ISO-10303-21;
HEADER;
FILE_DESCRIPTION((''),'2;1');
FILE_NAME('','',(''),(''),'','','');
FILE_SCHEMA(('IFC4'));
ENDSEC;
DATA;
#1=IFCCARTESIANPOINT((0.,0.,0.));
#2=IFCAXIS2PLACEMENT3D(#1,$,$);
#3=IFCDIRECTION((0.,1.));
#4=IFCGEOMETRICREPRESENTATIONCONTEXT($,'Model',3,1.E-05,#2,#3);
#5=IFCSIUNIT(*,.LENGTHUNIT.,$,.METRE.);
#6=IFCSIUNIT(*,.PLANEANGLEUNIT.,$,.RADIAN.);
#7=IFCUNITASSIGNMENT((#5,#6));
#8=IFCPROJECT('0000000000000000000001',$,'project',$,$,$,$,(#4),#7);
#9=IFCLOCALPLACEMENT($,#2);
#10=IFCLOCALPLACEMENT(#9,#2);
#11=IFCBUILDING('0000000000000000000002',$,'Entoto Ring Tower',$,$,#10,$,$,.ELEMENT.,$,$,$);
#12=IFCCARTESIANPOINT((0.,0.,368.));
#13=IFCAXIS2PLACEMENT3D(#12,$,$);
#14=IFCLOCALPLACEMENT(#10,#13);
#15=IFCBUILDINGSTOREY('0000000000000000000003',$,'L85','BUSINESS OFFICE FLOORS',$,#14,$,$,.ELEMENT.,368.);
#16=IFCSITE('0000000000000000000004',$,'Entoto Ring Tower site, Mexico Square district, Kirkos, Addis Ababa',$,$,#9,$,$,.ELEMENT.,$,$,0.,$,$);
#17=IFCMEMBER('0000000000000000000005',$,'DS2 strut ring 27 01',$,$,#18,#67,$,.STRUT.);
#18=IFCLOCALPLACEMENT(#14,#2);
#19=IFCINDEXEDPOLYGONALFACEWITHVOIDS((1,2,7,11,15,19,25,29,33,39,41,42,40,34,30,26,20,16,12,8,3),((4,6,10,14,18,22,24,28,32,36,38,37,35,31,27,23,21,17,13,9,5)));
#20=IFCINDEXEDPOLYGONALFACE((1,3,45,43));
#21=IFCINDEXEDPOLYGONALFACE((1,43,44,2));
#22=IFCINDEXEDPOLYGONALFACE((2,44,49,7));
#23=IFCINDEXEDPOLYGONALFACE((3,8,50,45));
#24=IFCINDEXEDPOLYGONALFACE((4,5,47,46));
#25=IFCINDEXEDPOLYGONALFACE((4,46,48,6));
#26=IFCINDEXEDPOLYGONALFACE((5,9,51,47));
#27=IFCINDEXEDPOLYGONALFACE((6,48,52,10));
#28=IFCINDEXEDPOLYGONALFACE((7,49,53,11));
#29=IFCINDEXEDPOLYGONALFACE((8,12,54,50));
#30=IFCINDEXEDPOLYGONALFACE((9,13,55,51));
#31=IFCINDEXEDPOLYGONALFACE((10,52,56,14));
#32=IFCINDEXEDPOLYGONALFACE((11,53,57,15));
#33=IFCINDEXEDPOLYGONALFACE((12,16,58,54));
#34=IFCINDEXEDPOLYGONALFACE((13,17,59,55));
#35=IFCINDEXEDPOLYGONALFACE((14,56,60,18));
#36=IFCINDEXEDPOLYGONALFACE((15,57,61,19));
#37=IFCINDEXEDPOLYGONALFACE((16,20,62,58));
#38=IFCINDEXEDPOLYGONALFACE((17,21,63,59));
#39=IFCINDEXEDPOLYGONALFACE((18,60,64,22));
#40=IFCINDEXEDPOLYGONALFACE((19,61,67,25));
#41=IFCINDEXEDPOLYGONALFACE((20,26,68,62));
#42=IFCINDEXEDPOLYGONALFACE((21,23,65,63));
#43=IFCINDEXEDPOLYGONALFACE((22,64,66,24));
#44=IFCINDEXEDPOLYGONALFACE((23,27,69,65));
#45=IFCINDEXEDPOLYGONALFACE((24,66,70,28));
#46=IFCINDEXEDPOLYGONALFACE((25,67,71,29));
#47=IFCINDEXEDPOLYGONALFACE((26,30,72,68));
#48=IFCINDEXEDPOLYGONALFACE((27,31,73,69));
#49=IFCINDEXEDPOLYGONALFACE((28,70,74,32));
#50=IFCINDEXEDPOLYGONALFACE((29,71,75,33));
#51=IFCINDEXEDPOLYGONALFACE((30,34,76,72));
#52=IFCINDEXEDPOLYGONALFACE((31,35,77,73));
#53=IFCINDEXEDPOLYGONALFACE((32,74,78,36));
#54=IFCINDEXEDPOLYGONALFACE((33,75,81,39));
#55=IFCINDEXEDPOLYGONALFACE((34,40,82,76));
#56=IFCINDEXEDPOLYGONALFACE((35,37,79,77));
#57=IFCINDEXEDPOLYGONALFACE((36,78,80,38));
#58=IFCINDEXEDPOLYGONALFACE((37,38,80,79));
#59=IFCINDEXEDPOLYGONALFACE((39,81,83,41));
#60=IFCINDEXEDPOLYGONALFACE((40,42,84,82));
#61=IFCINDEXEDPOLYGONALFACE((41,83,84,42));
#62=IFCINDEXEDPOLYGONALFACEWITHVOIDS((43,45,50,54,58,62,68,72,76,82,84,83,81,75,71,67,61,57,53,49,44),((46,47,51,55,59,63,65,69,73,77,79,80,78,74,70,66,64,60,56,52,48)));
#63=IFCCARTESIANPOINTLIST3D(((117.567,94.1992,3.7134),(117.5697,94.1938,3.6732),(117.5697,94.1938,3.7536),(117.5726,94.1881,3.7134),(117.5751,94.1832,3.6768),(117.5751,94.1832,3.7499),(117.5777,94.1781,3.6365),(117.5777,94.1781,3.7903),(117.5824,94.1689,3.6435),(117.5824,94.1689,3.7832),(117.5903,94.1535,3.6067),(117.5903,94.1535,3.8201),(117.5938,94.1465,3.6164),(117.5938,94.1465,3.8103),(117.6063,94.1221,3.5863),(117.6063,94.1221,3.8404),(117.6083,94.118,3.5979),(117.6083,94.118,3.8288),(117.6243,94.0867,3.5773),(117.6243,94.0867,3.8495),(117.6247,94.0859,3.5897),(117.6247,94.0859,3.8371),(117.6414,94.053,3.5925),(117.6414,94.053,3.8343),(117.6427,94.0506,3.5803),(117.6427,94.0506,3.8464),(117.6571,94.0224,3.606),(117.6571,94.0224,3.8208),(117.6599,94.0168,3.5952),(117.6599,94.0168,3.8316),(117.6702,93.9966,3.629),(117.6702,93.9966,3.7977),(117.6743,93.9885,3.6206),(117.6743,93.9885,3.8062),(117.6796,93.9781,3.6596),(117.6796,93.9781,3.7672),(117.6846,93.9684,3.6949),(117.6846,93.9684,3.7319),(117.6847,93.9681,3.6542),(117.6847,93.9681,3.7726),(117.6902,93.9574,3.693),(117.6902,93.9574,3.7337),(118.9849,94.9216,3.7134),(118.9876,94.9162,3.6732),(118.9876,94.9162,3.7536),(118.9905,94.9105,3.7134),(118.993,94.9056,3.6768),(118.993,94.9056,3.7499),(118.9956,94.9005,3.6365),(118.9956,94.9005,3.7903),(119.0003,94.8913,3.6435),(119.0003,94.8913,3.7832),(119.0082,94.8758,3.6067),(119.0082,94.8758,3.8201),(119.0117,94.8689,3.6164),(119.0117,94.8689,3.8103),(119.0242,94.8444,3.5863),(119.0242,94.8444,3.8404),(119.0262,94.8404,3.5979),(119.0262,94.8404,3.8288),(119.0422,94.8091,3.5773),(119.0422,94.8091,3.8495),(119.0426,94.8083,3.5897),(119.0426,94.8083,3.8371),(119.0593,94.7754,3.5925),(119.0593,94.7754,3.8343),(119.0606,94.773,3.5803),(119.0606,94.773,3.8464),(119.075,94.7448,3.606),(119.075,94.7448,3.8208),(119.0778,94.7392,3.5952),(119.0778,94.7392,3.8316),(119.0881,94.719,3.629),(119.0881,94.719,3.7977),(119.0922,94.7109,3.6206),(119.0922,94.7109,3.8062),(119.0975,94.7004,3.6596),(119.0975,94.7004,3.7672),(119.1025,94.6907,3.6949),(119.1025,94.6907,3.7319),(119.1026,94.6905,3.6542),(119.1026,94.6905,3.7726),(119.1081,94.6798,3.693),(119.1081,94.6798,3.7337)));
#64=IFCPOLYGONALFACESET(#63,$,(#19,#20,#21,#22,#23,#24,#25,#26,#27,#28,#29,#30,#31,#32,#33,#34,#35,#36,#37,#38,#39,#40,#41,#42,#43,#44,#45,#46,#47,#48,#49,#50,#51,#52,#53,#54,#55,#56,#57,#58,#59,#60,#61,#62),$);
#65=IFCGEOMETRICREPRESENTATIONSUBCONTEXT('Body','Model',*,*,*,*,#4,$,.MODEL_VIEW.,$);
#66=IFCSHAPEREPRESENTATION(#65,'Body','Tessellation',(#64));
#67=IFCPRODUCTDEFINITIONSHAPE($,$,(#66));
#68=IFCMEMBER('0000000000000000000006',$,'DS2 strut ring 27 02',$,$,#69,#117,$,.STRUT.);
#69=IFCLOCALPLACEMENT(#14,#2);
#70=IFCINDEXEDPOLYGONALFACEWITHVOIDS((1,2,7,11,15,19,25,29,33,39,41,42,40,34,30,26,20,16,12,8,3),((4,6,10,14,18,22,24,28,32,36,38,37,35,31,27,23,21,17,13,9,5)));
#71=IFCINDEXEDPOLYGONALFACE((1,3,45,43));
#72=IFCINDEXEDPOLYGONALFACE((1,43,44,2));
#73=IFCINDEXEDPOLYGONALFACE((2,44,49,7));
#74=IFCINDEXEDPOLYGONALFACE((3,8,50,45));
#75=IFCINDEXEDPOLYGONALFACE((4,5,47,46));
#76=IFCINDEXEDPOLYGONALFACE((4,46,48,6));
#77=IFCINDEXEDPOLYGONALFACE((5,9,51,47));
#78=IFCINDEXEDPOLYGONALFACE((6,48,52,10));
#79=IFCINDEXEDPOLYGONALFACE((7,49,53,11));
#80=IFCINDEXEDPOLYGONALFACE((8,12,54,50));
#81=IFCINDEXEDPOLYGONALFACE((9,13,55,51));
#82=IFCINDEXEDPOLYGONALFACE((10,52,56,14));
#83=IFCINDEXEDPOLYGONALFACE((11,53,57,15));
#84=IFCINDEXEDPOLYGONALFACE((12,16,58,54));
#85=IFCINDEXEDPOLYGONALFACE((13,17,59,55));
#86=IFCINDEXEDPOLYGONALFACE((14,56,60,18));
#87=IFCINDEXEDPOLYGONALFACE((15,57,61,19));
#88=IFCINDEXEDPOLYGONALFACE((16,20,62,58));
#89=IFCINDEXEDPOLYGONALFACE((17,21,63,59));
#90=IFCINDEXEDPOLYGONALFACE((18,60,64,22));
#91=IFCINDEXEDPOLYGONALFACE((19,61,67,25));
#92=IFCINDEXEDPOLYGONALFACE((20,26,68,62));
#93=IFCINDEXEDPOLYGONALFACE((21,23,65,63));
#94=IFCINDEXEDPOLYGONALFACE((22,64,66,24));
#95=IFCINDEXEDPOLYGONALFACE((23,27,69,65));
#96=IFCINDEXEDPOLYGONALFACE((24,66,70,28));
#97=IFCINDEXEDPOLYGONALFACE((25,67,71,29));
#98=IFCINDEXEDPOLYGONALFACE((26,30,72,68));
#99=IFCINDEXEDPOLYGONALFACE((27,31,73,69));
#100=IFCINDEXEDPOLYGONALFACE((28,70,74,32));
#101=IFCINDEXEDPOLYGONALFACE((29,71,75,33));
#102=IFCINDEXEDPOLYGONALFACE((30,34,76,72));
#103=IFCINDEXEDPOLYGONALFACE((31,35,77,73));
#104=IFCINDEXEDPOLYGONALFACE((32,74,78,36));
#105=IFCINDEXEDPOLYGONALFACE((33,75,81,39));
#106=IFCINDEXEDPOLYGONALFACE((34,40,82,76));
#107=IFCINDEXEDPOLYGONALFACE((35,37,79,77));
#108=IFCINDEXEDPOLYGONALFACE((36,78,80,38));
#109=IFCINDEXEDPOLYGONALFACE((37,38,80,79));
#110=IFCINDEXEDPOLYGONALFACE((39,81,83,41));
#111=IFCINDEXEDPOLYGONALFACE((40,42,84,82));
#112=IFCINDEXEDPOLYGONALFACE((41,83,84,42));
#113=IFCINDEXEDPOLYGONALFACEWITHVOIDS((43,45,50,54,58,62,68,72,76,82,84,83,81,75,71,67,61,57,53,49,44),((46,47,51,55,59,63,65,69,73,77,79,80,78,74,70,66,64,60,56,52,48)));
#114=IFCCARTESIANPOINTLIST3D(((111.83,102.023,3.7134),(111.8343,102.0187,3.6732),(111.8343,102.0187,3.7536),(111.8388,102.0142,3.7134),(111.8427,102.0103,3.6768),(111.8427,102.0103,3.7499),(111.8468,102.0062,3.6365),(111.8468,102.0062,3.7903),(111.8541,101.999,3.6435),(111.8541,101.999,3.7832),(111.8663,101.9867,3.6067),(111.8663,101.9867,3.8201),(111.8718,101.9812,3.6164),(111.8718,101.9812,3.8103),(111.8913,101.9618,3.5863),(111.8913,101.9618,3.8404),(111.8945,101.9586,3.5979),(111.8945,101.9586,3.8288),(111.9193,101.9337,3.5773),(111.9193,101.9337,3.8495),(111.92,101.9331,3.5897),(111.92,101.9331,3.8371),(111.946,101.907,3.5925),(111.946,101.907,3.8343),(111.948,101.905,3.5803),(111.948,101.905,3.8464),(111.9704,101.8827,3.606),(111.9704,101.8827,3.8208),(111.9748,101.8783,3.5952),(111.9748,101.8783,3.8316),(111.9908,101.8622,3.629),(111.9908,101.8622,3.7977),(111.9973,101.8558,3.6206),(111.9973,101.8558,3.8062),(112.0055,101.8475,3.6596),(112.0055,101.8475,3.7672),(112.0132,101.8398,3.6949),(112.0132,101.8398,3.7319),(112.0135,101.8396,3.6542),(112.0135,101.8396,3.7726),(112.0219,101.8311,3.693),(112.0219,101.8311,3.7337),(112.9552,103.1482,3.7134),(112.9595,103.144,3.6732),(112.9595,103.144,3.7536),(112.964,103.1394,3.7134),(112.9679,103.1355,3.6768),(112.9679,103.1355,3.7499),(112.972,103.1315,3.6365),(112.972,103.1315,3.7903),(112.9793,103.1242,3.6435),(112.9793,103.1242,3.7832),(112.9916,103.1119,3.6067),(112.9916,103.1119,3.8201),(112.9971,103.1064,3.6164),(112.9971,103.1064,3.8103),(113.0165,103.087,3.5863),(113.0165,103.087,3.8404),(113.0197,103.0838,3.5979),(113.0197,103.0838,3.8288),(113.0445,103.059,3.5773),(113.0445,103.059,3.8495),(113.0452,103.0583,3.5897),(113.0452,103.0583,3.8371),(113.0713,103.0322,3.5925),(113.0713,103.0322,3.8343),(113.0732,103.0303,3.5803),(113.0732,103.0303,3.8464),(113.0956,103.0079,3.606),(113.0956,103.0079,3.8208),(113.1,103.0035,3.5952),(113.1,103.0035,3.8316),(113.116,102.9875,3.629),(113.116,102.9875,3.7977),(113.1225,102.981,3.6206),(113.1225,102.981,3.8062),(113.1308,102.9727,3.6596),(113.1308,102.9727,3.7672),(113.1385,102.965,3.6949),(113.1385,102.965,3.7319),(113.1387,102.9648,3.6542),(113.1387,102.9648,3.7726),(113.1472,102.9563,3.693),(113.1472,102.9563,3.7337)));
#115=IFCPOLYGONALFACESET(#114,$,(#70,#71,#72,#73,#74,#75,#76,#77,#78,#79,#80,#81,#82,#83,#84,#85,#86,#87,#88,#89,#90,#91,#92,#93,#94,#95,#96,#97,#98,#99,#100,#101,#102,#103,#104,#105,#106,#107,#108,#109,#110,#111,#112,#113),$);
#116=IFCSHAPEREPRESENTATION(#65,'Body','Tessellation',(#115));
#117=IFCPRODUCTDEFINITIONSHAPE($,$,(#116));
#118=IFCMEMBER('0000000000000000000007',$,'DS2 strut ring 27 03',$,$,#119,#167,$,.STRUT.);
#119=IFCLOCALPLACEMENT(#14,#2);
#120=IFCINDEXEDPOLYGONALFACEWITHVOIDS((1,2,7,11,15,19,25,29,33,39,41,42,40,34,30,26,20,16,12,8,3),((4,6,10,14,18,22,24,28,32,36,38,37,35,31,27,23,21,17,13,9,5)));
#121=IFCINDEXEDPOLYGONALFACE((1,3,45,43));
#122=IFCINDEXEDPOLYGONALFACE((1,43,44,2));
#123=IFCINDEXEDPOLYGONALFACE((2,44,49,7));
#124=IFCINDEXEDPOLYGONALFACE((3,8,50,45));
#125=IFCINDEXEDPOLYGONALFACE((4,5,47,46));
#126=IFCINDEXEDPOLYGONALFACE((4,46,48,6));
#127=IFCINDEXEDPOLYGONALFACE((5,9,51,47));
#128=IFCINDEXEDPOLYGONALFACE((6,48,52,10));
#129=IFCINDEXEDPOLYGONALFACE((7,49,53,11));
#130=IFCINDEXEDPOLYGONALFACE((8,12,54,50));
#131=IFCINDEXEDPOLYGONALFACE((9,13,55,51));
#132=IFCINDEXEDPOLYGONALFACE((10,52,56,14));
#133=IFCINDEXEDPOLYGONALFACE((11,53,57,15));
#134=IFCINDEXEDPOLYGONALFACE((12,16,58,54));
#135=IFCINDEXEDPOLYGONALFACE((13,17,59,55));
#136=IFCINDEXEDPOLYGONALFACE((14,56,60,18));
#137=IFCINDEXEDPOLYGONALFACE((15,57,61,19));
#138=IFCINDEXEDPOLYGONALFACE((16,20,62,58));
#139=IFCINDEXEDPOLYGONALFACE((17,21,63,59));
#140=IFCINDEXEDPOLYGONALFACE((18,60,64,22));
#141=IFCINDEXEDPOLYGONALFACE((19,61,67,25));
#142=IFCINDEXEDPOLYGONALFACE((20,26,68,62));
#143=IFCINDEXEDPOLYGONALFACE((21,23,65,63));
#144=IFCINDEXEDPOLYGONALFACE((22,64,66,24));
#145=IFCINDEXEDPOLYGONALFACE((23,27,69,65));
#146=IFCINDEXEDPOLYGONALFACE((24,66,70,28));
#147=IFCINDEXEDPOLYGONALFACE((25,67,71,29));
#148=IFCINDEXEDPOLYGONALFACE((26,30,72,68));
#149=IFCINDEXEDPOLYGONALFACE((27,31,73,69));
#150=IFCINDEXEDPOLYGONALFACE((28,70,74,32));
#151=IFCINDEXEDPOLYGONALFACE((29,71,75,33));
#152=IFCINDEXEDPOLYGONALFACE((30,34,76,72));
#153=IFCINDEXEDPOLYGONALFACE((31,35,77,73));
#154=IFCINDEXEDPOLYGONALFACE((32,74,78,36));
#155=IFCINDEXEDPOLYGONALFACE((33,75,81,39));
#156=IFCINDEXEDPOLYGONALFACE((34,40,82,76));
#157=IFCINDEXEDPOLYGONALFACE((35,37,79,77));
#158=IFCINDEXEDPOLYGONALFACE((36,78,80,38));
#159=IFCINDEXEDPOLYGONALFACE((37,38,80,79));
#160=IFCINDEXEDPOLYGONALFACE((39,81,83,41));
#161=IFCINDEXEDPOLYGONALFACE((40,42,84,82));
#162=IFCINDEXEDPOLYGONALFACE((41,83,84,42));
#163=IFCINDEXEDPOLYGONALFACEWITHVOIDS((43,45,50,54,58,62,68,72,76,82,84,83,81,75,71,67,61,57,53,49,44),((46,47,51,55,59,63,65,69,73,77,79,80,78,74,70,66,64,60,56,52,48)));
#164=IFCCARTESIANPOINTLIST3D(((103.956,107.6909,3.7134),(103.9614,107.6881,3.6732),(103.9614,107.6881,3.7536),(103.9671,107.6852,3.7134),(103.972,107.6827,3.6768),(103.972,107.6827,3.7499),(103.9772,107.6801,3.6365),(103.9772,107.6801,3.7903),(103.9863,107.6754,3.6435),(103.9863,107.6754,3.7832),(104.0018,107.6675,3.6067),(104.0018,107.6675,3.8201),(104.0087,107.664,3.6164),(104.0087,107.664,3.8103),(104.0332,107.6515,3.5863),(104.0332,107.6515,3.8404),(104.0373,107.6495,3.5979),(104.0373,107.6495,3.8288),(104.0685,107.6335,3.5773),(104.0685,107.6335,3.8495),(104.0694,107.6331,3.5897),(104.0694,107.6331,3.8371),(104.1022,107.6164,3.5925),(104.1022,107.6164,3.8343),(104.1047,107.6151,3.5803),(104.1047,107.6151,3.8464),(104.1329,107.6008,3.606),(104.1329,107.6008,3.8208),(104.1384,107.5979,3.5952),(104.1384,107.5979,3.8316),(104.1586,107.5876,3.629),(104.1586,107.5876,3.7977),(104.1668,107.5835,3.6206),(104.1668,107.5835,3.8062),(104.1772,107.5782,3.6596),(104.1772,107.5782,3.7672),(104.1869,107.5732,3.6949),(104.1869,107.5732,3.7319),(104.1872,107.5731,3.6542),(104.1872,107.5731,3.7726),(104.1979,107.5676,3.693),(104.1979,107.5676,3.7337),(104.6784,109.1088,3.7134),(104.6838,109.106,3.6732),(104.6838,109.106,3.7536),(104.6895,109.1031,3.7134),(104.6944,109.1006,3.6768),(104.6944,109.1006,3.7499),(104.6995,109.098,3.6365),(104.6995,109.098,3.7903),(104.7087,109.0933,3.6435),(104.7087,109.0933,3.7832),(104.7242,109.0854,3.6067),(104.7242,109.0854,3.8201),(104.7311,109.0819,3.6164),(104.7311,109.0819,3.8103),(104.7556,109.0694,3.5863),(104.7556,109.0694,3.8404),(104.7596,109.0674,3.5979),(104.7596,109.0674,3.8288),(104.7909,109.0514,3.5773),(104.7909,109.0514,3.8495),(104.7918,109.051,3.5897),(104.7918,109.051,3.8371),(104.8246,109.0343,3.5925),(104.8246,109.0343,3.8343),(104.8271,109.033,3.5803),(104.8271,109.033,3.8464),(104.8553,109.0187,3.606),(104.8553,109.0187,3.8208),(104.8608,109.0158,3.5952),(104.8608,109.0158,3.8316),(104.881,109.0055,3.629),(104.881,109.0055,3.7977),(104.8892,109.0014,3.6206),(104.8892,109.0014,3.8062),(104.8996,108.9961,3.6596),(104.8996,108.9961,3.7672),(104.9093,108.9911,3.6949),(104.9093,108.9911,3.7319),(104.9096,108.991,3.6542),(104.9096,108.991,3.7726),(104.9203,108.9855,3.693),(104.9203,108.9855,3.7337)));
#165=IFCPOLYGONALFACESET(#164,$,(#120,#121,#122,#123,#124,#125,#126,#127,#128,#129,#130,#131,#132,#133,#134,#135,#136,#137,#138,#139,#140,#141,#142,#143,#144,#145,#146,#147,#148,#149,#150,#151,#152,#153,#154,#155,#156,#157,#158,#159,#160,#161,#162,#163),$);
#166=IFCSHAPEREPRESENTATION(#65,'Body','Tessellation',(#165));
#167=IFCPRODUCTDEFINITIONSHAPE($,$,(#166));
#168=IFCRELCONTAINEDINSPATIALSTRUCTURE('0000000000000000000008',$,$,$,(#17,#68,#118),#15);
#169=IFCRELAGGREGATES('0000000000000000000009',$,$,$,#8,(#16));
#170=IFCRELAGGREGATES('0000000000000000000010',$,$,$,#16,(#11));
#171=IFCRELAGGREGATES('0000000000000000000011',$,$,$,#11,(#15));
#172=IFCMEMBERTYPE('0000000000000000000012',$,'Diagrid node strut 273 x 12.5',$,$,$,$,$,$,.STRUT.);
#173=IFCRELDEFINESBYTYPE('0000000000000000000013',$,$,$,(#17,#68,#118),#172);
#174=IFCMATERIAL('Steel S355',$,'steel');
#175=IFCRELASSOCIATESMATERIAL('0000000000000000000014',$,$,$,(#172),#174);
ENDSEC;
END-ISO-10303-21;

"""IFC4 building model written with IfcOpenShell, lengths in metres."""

from ifc_helpers import new_model, si_unit, direction, frame, origin, origin_2d, place, context, subcontext, project, spatial, circle, hollow_circle, extrude, material, material_profile, profile_set, type_object, element, save


model = new_model("IFC4")

# Units and contexts
model_context = context("Model", 3, precision=1e-05, world=origin(), true_north=direction((0.0, 1.0)))
body_context = subcontext(model_context, "Body", "Model", "MODEL_VIEW")
ifc_project = project(units=[si_unit("LENGTHUNIT", "METRE"), si_unit("PLANEANGLEUNIT", "RADIAN")], contexts=[model_context])

# Site, building, storey
site_placement = place(None, origin())
site = spatial("IfcSite", under=ifc_project, at=site_placement, Name="Entoto Ring Tower site, Mexico Square district, Kirkos, Addis Ababa", CompositionType="ELEMENT", RefElevation=0.0)
building_placement = place(site_placement, origin())
building = spatial("IfcBuilding", under=site, at=building_placement, Name="Entoto Ring Tower", CompositionType="ELEMENT")
storey_placement = place(building_placement, frame((0.0, 0.0, 368.0)))
storey = spatial("IfcBuildingStorey", under=building, at=storey_placement, Name="L85", Description="BUSINESS OFFICE FLOORS", CompositionType="ELEMENT", Elevation=368.0)

# Members
ifc_material_1 = material(Name="Steel S355", Category="steel")
ifc_material_profile_1 = material_profile(ifc_material_1, hollow_circle(Radius=0.1365, WallThickness=0.0125, at=origin_2d()), Name="CHS 273 x 12.5")
ifc_material_2 = material(Name="Concrete C60/75", Category="concrete")
ifc_material_profile_2 = material_profile(ifc_material_2, circle(Radius=0.124, at=origin_2d()), Name="Concrete C60/75 infill")
ifc_profile_set_1 = profile_set([ifc_material_profile_1, ifc_material_profile_2], Name="Steel S355")
member_type = type_object("IfcMemberType", Name="Diagrid node strut 273 x 12.5", PredefinedType="STRUT", material=ifc_profile_set_1)
for number, where, z_axis, x_axis, name in (
    (1, (117.6289, 94.0776, 3.7134), (0.891027, 0.453951, 0.0), (-0.453951, 0.891027, 0.0), "DS2 strut ring 27 01"),
    (2, (111.9265, 101.9265, 3.7134), (0.707107, 0.707107, 0.0), (-0.707107, 0.707107, 0.0), "DS2 strut ring 27 02"),
    (3, (104.0776, 107.6289, 3.7134), (0.453951, 0.891027, 0.0), (-0.891027, 0.453951, 0.0), "DS2 strut ring 27 03"),
):
    element("IfcMember", number, at=place(storey_placement, frame(where, z_axis=z_axis, x_axis=x_axis)), inside=storey, type_object=member_type, Name=name, PredefinedType="STRUT", context=body_context, shape_type="SweptSolid", body=[
        extrude(hollow_circle(Radius=0.1365, WallThickness=0.0125, at=origin_2d()), origin(), (0.0, 0.0, 1.0), 1.5913),
    ])

save(model, "model.ifc")
